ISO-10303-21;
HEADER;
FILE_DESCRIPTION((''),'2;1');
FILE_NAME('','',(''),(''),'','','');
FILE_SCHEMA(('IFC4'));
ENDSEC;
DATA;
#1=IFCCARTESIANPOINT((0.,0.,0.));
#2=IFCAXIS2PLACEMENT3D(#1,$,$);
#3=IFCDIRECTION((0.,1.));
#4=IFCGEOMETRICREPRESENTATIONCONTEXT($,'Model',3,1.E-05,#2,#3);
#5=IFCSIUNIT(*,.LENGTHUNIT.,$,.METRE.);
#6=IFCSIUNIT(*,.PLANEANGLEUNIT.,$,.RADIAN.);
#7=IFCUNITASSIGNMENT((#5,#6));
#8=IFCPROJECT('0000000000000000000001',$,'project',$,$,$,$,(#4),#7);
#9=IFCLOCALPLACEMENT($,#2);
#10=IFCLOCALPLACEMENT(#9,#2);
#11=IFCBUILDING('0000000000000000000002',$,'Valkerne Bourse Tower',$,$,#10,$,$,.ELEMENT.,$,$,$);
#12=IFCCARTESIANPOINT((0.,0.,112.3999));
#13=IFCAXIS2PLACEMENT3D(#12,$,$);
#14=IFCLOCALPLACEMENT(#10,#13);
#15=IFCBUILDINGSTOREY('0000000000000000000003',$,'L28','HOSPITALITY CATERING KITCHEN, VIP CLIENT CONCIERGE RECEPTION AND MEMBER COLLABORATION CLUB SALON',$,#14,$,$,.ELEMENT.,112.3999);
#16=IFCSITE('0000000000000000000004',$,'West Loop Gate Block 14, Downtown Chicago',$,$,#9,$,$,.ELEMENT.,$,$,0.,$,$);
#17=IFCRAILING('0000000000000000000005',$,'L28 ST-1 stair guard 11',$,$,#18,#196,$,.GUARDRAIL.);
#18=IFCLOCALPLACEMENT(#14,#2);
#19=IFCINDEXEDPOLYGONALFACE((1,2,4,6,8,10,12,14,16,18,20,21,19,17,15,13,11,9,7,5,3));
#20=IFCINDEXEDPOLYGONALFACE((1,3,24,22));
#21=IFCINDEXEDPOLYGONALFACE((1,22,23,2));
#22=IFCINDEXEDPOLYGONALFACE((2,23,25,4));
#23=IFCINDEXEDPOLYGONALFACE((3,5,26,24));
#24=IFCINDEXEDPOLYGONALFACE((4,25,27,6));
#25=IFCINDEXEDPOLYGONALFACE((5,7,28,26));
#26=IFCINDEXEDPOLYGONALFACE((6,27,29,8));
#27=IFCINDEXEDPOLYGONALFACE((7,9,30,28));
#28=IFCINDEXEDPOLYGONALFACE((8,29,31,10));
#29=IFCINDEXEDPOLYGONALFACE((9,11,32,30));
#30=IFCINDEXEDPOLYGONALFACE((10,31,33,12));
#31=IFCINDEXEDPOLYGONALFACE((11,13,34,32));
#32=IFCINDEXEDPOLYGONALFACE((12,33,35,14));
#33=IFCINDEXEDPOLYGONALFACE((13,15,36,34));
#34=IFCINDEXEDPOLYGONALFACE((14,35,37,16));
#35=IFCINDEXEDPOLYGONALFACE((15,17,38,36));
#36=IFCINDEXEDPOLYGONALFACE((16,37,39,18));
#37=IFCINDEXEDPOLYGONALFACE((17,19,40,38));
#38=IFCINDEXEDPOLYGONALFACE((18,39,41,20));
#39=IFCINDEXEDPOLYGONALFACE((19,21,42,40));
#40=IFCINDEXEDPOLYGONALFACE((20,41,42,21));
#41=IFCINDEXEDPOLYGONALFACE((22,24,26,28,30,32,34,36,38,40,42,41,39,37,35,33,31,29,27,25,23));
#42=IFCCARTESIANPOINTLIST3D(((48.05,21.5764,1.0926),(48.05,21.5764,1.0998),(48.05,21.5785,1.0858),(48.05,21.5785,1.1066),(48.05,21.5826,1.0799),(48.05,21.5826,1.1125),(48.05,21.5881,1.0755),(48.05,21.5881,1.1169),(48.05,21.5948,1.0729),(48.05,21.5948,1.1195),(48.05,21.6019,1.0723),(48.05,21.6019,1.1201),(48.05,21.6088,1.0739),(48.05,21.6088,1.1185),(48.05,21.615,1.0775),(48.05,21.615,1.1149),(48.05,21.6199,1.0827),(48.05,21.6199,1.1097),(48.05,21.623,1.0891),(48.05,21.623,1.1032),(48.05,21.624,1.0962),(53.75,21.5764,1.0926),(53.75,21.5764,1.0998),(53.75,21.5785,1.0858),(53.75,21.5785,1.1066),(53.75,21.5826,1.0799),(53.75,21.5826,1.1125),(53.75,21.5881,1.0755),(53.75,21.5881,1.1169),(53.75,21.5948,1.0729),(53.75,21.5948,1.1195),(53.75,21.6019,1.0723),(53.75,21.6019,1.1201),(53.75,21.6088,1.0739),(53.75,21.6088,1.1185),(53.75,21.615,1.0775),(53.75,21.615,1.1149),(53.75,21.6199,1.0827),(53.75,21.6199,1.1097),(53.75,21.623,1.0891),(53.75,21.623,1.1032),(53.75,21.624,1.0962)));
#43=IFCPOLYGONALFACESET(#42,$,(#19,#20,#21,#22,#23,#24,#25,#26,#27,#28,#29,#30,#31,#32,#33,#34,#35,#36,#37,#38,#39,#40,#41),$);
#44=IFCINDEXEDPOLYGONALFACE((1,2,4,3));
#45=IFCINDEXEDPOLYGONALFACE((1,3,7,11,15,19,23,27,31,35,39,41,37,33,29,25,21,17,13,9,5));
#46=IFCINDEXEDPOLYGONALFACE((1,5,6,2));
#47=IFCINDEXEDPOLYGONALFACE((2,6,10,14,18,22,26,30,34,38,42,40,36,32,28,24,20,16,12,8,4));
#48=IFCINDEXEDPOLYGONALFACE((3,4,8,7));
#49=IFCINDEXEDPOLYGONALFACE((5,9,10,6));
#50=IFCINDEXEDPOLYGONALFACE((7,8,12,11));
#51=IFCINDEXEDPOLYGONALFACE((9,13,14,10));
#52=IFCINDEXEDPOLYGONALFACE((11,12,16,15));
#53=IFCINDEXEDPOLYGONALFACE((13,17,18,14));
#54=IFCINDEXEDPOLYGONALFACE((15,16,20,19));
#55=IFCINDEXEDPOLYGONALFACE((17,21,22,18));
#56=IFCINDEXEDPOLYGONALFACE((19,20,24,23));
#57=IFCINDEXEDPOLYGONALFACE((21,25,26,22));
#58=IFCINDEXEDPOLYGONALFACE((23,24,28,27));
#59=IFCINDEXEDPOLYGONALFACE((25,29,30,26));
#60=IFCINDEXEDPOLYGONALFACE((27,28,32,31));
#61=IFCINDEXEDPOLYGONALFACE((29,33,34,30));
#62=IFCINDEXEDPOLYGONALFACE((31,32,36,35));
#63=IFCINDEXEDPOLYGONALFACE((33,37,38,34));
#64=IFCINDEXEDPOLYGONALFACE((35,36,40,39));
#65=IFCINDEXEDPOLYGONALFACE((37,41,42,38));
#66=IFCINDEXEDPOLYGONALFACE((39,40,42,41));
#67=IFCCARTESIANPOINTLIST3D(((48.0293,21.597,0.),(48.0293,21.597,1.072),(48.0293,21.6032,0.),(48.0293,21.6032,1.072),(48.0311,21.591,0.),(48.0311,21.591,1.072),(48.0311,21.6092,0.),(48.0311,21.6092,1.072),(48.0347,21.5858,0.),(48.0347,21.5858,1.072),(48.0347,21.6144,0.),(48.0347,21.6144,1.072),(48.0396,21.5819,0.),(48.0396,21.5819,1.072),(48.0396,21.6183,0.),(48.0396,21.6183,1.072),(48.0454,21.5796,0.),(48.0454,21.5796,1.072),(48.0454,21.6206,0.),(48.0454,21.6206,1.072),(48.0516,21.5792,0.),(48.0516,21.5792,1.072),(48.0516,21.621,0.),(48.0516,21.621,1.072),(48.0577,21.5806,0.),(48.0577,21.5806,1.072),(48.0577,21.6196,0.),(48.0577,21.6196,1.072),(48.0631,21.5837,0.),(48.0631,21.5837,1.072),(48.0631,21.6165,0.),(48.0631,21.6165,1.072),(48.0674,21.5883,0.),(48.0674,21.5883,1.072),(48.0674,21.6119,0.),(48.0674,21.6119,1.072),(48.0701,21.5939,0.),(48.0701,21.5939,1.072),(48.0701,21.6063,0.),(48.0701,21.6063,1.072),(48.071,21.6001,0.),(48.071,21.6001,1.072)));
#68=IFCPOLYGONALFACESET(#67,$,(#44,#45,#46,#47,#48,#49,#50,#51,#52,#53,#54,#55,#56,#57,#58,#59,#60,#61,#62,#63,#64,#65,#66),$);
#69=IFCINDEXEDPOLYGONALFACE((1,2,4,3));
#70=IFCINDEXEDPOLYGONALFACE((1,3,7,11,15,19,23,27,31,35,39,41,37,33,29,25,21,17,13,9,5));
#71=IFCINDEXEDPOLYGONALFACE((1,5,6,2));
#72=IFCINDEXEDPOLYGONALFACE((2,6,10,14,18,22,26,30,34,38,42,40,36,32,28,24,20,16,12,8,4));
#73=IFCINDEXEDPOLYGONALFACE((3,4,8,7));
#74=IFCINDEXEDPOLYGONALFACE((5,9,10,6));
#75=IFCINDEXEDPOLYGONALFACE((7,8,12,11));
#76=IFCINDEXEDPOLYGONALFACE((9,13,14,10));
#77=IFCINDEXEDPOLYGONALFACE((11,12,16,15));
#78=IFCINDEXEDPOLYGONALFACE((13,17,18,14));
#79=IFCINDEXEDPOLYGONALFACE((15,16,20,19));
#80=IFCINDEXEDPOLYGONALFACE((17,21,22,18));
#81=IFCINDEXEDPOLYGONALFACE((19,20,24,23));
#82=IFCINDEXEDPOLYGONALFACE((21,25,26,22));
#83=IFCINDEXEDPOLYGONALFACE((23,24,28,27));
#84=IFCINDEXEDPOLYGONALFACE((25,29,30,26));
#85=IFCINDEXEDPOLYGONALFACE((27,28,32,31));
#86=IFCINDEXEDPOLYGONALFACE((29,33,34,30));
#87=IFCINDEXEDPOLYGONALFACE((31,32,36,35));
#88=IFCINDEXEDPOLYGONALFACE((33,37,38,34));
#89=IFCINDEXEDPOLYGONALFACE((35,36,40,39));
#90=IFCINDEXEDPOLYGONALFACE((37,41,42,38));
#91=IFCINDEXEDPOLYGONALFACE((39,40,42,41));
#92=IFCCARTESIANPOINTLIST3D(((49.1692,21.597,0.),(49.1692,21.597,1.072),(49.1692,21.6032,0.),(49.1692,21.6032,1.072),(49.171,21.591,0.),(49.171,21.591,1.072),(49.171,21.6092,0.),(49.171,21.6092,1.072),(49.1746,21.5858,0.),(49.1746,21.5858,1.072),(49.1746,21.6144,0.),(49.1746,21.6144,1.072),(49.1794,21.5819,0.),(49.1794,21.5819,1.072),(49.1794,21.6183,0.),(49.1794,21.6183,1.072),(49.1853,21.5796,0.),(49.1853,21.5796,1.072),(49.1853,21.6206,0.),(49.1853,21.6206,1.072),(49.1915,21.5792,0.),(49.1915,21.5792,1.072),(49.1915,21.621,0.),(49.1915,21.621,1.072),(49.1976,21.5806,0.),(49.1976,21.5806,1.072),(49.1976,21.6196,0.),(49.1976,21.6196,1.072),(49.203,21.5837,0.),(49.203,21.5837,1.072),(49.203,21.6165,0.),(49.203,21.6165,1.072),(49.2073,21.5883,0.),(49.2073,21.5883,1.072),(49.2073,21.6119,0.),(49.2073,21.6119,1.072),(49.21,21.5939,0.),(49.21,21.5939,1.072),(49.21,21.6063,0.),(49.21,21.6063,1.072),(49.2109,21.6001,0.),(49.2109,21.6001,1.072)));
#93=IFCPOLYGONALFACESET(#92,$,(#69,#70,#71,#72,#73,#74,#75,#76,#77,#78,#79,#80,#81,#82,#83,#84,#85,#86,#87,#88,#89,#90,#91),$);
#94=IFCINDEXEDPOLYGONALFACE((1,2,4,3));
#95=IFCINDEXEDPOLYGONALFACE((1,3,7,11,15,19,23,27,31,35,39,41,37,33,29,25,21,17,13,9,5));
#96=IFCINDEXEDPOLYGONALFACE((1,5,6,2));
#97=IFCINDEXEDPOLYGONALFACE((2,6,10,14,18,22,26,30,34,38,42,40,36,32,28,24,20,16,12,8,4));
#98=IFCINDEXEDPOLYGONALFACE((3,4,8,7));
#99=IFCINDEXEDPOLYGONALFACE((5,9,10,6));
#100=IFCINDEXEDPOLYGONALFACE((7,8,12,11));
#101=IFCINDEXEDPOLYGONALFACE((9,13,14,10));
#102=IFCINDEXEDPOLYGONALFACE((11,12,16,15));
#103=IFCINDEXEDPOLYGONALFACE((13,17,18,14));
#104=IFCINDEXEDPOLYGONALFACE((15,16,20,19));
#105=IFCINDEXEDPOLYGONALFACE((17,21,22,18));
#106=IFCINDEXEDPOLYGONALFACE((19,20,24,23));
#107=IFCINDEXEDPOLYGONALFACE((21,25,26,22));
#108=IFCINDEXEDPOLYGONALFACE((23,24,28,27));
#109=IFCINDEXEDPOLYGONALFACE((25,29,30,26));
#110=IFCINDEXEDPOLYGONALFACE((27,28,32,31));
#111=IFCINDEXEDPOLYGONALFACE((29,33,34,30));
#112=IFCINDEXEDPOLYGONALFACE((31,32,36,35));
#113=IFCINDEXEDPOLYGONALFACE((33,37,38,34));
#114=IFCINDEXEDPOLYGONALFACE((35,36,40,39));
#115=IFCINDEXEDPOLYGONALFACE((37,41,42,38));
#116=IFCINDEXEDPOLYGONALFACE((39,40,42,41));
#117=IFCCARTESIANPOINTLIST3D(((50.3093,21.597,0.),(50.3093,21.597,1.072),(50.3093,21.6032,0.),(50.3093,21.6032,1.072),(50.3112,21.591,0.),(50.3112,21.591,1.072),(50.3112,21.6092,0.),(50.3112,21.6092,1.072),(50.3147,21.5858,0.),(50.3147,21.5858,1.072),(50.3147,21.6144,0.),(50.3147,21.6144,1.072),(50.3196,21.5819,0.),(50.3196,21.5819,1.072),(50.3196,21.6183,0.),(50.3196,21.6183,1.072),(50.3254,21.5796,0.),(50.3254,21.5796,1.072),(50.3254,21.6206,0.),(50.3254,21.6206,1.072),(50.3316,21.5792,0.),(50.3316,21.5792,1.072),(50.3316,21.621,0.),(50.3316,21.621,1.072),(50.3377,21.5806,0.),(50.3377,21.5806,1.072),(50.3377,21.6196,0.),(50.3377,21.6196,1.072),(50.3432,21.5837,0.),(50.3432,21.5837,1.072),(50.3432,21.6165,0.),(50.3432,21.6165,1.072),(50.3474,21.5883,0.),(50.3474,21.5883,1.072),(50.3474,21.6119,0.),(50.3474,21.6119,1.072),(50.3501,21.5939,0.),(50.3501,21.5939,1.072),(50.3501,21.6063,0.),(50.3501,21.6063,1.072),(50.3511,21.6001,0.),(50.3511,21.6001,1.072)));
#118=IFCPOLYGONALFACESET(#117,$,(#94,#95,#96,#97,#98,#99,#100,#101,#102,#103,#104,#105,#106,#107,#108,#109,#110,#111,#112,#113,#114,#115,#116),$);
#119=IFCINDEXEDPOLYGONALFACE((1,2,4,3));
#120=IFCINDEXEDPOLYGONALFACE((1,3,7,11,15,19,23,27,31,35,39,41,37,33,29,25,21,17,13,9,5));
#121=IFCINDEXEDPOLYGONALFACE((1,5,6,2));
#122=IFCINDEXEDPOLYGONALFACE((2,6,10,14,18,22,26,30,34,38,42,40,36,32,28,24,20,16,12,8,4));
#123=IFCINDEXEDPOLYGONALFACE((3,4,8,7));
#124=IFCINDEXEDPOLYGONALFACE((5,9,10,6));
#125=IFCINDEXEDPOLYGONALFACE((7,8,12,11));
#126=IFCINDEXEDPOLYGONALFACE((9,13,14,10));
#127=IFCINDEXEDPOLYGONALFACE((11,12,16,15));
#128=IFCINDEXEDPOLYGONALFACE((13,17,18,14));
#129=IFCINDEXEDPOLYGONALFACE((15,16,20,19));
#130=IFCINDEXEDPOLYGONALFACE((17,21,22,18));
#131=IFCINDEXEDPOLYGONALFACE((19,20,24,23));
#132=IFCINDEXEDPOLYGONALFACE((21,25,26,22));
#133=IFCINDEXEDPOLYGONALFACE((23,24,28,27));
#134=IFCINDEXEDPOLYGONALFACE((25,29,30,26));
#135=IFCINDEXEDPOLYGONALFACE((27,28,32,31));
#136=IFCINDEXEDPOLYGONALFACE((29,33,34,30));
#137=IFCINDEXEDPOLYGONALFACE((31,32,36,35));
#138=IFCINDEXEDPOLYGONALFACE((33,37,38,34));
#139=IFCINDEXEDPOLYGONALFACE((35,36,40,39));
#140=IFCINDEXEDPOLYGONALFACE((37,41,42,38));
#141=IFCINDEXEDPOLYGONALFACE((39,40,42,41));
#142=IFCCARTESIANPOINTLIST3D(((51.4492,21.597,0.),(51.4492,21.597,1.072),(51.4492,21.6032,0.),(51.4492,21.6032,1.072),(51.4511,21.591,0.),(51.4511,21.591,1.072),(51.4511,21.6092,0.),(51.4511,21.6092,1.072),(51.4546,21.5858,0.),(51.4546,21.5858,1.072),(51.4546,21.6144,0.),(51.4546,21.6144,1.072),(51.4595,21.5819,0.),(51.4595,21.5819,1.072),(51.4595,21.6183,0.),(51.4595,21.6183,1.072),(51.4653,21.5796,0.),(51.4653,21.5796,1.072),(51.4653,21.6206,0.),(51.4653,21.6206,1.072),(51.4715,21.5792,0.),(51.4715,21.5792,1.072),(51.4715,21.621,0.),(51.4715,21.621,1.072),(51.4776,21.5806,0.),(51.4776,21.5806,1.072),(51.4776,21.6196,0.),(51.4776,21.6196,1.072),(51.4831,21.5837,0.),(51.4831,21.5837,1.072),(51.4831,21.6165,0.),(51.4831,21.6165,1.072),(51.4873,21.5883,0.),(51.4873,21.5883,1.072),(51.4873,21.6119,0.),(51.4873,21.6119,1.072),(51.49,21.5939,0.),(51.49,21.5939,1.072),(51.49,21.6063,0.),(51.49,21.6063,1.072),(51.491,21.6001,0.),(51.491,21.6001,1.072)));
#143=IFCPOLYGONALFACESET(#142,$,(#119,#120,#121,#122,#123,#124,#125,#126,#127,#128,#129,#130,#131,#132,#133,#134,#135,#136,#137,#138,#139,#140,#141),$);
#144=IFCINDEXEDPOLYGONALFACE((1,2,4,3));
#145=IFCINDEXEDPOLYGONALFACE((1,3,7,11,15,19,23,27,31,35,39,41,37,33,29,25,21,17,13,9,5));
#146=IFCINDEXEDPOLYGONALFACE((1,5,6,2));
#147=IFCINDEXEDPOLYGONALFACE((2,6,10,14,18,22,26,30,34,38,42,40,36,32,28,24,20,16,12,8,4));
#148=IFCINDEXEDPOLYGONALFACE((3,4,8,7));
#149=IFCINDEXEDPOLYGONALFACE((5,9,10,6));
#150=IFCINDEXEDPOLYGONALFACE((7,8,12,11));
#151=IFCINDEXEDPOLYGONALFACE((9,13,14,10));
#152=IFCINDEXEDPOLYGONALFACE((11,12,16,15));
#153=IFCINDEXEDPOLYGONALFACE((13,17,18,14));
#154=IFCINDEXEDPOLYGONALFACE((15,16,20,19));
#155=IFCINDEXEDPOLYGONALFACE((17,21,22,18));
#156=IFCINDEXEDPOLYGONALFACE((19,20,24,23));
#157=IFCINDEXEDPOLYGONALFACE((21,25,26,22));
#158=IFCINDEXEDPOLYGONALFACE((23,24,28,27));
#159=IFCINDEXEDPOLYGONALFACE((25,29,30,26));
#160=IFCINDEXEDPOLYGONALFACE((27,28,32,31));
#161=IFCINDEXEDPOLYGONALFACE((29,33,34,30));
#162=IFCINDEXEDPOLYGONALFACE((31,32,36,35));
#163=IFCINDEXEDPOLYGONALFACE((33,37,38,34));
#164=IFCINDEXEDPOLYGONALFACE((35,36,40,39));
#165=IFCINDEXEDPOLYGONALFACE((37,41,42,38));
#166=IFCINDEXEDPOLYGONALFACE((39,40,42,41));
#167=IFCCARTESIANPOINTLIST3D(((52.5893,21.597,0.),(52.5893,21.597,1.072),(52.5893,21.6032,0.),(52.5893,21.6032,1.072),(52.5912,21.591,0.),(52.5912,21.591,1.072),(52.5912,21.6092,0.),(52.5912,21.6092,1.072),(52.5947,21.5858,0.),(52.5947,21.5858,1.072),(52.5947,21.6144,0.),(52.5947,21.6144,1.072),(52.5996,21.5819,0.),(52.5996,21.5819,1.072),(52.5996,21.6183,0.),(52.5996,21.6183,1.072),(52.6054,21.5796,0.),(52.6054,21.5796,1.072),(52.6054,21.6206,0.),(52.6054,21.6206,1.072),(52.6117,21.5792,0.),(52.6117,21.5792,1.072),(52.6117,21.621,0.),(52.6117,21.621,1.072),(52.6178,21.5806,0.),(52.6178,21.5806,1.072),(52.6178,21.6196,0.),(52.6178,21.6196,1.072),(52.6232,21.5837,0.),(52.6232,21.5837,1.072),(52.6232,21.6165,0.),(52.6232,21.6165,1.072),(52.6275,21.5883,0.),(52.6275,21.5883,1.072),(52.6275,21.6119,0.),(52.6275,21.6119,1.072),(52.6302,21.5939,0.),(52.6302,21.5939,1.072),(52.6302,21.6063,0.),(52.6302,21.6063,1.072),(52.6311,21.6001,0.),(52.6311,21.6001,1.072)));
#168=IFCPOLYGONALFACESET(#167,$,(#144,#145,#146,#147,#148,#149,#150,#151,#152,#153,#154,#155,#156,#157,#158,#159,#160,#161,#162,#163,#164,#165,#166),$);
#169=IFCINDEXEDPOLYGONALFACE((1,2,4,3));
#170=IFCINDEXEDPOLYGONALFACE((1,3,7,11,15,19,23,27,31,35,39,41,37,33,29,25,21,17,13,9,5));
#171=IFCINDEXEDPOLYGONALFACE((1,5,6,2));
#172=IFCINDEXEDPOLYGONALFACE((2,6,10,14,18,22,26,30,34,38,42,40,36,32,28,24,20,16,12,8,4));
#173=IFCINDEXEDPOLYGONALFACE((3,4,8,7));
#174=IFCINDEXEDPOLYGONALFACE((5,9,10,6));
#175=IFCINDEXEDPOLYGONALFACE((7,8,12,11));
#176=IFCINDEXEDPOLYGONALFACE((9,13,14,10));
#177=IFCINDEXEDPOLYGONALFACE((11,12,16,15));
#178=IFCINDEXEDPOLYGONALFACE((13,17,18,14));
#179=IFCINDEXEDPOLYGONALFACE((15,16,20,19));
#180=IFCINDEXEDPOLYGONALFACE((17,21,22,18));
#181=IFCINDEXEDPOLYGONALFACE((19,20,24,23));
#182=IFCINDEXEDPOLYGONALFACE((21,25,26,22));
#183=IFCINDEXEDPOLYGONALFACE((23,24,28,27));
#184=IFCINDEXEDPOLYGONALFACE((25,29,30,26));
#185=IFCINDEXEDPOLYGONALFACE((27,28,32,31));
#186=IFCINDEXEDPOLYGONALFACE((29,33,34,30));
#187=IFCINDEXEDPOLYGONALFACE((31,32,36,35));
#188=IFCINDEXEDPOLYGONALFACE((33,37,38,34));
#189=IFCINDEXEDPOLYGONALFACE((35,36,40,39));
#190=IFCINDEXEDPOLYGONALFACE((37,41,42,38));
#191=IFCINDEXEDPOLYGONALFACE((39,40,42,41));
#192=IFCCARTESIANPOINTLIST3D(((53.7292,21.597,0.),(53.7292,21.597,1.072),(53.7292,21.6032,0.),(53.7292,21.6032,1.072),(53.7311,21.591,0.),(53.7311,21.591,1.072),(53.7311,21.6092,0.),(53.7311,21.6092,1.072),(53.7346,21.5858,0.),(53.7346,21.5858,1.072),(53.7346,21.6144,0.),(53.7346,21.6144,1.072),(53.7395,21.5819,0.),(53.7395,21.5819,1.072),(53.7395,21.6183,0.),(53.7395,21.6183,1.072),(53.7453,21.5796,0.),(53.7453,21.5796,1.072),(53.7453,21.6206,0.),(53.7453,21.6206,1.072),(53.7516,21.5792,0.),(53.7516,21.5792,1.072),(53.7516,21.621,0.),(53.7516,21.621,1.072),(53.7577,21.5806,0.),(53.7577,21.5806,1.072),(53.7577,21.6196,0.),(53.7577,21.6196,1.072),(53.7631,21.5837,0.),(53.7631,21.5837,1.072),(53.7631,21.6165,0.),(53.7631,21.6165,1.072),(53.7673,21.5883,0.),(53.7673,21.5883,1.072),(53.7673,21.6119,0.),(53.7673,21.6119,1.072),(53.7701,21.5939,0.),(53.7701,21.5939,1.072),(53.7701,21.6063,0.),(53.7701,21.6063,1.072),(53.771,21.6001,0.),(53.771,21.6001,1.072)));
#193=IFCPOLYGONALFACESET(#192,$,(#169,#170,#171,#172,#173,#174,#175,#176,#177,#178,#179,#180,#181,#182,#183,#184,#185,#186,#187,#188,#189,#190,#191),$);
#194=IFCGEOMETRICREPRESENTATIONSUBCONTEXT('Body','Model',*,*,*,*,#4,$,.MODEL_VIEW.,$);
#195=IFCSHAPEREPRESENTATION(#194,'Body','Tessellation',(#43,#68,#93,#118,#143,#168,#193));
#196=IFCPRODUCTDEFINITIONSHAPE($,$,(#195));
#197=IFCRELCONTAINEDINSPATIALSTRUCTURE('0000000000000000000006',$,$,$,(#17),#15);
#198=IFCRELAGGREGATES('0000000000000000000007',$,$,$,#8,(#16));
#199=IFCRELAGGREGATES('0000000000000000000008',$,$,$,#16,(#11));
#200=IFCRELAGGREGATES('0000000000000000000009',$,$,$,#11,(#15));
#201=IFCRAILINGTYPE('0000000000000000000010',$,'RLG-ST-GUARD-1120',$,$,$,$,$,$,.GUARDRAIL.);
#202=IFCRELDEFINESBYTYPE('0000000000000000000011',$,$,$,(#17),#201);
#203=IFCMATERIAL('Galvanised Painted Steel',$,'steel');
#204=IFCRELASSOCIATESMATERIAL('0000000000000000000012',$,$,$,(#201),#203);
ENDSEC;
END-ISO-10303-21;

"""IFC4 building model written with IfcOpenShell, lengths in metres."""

from ifc_helpers import new_model, si_unit, direction, frame, origin, origin_2d, place, context, subcontext, project, spatial, circle, extrude, material, type_object, element, save


model = new_model("IFC4")

# Units and contexts
model_context = context("Model", 3, precision=1e-05, world=origin(), true_north=direction((0.0, 1.0)))
body_context = subcontext(model_context, "Body", "Model", "MODEL_VIEW")
ifc_project = project(units=[si_unit("LENGTHUNIT", "METRE"), si_unit("PLANEANGLEUNIT", "RADIAN")], contexts=[model_context])

# Site, building, storey
site_placement = place(None, origin())
site = spatial("IfcSite", under=ifc_project, at=site_placement, Name="West Loop Gate Block 14, Downtown Chicago", CompositionType="ELEMENT", RefElevation=0.0)
building_placement = place(site_placement, origin())
building = spatial("IfcBuilding", under=site, at=building_placement, Name="Valkerne Bourse Tower", CompositionType="ELEMENT")
storey_placement = place(building_placement, frame((0.0, 0.0, 112.3999)))
storey = spatial("IfcBuildingStorey", under=building, at=storey_placement, Name="L28", Description="HOSPITALITY CATERING KITCHEN, VIP CLIENT CONCIERGE RECEPTION AND MEMBER COLLABORATION CLUB SALON", CompositionType="ELEMENT", Elevation=112.3999)

# Shared definitions
ifc_material_1 = material(Name="Galvanised Painted Steel", Category="steel")

# Railing
railing_type_1 = type_object("IfcRailingType", Name="RLG-ST-GUARD-1120", PredefinedType="GUARDRAIL", material=ifc_material_1)
railing_1_placement = place(storey_placement, frame((48.05, 21.6001, 0.0)))
element("IfcRailing", 1, at=railing_1_placement, inside=storey, type_object=railing_type_1, Name="L28 ST-1 stair guard 11", PredefinedType="GUARDRAIL", context=body_context, shape_type="SweptSolid", body=[
    extrude(circle(Radius=0.0239, at=origin_2d()), frame((0.0, 0.0, 1.0962), z_axis=(1.0, 0.0, 0.0), x_axis=(0.0, 1.0, 0.0)), (0.0, 0.0, 1.0), 5.7),
    extrude(circle(Radius=0.021, at=origin_2d()), origin(), (0.0, 0.0, 1.0), 1.072),
    extrude(circle(Radius=0.021, at=origin_2d()), frame((1.1399, 0.0, 0.0)), (0.0, 0.0, 1.0), 1.072),
    extrude(circle(Radius=0.021, at=origin_2d()), frame((2.28, 0.0, 0.0)), (0.0, 0.0, 1.0), 1.072),
    extrude(circle(Radius=0.021, at=origin_2d()), frame((3.4199, 0.0, 0.0)), (0.0, 0.0, 1.0), 1.072),
    extrude(circle(Radius=0.021, at=origin_2d()), frame((4.5601, 0.0, 0.0)), (0.0, 0.0, 1.0), 1.072),
    extrude(circle(Radius=0.021, at=origin_2d()), frame((5.7, 0.0, 0.0)), (0.0, 0.0, 1.0), 1.072),
])

save(model, "model.ifc")
